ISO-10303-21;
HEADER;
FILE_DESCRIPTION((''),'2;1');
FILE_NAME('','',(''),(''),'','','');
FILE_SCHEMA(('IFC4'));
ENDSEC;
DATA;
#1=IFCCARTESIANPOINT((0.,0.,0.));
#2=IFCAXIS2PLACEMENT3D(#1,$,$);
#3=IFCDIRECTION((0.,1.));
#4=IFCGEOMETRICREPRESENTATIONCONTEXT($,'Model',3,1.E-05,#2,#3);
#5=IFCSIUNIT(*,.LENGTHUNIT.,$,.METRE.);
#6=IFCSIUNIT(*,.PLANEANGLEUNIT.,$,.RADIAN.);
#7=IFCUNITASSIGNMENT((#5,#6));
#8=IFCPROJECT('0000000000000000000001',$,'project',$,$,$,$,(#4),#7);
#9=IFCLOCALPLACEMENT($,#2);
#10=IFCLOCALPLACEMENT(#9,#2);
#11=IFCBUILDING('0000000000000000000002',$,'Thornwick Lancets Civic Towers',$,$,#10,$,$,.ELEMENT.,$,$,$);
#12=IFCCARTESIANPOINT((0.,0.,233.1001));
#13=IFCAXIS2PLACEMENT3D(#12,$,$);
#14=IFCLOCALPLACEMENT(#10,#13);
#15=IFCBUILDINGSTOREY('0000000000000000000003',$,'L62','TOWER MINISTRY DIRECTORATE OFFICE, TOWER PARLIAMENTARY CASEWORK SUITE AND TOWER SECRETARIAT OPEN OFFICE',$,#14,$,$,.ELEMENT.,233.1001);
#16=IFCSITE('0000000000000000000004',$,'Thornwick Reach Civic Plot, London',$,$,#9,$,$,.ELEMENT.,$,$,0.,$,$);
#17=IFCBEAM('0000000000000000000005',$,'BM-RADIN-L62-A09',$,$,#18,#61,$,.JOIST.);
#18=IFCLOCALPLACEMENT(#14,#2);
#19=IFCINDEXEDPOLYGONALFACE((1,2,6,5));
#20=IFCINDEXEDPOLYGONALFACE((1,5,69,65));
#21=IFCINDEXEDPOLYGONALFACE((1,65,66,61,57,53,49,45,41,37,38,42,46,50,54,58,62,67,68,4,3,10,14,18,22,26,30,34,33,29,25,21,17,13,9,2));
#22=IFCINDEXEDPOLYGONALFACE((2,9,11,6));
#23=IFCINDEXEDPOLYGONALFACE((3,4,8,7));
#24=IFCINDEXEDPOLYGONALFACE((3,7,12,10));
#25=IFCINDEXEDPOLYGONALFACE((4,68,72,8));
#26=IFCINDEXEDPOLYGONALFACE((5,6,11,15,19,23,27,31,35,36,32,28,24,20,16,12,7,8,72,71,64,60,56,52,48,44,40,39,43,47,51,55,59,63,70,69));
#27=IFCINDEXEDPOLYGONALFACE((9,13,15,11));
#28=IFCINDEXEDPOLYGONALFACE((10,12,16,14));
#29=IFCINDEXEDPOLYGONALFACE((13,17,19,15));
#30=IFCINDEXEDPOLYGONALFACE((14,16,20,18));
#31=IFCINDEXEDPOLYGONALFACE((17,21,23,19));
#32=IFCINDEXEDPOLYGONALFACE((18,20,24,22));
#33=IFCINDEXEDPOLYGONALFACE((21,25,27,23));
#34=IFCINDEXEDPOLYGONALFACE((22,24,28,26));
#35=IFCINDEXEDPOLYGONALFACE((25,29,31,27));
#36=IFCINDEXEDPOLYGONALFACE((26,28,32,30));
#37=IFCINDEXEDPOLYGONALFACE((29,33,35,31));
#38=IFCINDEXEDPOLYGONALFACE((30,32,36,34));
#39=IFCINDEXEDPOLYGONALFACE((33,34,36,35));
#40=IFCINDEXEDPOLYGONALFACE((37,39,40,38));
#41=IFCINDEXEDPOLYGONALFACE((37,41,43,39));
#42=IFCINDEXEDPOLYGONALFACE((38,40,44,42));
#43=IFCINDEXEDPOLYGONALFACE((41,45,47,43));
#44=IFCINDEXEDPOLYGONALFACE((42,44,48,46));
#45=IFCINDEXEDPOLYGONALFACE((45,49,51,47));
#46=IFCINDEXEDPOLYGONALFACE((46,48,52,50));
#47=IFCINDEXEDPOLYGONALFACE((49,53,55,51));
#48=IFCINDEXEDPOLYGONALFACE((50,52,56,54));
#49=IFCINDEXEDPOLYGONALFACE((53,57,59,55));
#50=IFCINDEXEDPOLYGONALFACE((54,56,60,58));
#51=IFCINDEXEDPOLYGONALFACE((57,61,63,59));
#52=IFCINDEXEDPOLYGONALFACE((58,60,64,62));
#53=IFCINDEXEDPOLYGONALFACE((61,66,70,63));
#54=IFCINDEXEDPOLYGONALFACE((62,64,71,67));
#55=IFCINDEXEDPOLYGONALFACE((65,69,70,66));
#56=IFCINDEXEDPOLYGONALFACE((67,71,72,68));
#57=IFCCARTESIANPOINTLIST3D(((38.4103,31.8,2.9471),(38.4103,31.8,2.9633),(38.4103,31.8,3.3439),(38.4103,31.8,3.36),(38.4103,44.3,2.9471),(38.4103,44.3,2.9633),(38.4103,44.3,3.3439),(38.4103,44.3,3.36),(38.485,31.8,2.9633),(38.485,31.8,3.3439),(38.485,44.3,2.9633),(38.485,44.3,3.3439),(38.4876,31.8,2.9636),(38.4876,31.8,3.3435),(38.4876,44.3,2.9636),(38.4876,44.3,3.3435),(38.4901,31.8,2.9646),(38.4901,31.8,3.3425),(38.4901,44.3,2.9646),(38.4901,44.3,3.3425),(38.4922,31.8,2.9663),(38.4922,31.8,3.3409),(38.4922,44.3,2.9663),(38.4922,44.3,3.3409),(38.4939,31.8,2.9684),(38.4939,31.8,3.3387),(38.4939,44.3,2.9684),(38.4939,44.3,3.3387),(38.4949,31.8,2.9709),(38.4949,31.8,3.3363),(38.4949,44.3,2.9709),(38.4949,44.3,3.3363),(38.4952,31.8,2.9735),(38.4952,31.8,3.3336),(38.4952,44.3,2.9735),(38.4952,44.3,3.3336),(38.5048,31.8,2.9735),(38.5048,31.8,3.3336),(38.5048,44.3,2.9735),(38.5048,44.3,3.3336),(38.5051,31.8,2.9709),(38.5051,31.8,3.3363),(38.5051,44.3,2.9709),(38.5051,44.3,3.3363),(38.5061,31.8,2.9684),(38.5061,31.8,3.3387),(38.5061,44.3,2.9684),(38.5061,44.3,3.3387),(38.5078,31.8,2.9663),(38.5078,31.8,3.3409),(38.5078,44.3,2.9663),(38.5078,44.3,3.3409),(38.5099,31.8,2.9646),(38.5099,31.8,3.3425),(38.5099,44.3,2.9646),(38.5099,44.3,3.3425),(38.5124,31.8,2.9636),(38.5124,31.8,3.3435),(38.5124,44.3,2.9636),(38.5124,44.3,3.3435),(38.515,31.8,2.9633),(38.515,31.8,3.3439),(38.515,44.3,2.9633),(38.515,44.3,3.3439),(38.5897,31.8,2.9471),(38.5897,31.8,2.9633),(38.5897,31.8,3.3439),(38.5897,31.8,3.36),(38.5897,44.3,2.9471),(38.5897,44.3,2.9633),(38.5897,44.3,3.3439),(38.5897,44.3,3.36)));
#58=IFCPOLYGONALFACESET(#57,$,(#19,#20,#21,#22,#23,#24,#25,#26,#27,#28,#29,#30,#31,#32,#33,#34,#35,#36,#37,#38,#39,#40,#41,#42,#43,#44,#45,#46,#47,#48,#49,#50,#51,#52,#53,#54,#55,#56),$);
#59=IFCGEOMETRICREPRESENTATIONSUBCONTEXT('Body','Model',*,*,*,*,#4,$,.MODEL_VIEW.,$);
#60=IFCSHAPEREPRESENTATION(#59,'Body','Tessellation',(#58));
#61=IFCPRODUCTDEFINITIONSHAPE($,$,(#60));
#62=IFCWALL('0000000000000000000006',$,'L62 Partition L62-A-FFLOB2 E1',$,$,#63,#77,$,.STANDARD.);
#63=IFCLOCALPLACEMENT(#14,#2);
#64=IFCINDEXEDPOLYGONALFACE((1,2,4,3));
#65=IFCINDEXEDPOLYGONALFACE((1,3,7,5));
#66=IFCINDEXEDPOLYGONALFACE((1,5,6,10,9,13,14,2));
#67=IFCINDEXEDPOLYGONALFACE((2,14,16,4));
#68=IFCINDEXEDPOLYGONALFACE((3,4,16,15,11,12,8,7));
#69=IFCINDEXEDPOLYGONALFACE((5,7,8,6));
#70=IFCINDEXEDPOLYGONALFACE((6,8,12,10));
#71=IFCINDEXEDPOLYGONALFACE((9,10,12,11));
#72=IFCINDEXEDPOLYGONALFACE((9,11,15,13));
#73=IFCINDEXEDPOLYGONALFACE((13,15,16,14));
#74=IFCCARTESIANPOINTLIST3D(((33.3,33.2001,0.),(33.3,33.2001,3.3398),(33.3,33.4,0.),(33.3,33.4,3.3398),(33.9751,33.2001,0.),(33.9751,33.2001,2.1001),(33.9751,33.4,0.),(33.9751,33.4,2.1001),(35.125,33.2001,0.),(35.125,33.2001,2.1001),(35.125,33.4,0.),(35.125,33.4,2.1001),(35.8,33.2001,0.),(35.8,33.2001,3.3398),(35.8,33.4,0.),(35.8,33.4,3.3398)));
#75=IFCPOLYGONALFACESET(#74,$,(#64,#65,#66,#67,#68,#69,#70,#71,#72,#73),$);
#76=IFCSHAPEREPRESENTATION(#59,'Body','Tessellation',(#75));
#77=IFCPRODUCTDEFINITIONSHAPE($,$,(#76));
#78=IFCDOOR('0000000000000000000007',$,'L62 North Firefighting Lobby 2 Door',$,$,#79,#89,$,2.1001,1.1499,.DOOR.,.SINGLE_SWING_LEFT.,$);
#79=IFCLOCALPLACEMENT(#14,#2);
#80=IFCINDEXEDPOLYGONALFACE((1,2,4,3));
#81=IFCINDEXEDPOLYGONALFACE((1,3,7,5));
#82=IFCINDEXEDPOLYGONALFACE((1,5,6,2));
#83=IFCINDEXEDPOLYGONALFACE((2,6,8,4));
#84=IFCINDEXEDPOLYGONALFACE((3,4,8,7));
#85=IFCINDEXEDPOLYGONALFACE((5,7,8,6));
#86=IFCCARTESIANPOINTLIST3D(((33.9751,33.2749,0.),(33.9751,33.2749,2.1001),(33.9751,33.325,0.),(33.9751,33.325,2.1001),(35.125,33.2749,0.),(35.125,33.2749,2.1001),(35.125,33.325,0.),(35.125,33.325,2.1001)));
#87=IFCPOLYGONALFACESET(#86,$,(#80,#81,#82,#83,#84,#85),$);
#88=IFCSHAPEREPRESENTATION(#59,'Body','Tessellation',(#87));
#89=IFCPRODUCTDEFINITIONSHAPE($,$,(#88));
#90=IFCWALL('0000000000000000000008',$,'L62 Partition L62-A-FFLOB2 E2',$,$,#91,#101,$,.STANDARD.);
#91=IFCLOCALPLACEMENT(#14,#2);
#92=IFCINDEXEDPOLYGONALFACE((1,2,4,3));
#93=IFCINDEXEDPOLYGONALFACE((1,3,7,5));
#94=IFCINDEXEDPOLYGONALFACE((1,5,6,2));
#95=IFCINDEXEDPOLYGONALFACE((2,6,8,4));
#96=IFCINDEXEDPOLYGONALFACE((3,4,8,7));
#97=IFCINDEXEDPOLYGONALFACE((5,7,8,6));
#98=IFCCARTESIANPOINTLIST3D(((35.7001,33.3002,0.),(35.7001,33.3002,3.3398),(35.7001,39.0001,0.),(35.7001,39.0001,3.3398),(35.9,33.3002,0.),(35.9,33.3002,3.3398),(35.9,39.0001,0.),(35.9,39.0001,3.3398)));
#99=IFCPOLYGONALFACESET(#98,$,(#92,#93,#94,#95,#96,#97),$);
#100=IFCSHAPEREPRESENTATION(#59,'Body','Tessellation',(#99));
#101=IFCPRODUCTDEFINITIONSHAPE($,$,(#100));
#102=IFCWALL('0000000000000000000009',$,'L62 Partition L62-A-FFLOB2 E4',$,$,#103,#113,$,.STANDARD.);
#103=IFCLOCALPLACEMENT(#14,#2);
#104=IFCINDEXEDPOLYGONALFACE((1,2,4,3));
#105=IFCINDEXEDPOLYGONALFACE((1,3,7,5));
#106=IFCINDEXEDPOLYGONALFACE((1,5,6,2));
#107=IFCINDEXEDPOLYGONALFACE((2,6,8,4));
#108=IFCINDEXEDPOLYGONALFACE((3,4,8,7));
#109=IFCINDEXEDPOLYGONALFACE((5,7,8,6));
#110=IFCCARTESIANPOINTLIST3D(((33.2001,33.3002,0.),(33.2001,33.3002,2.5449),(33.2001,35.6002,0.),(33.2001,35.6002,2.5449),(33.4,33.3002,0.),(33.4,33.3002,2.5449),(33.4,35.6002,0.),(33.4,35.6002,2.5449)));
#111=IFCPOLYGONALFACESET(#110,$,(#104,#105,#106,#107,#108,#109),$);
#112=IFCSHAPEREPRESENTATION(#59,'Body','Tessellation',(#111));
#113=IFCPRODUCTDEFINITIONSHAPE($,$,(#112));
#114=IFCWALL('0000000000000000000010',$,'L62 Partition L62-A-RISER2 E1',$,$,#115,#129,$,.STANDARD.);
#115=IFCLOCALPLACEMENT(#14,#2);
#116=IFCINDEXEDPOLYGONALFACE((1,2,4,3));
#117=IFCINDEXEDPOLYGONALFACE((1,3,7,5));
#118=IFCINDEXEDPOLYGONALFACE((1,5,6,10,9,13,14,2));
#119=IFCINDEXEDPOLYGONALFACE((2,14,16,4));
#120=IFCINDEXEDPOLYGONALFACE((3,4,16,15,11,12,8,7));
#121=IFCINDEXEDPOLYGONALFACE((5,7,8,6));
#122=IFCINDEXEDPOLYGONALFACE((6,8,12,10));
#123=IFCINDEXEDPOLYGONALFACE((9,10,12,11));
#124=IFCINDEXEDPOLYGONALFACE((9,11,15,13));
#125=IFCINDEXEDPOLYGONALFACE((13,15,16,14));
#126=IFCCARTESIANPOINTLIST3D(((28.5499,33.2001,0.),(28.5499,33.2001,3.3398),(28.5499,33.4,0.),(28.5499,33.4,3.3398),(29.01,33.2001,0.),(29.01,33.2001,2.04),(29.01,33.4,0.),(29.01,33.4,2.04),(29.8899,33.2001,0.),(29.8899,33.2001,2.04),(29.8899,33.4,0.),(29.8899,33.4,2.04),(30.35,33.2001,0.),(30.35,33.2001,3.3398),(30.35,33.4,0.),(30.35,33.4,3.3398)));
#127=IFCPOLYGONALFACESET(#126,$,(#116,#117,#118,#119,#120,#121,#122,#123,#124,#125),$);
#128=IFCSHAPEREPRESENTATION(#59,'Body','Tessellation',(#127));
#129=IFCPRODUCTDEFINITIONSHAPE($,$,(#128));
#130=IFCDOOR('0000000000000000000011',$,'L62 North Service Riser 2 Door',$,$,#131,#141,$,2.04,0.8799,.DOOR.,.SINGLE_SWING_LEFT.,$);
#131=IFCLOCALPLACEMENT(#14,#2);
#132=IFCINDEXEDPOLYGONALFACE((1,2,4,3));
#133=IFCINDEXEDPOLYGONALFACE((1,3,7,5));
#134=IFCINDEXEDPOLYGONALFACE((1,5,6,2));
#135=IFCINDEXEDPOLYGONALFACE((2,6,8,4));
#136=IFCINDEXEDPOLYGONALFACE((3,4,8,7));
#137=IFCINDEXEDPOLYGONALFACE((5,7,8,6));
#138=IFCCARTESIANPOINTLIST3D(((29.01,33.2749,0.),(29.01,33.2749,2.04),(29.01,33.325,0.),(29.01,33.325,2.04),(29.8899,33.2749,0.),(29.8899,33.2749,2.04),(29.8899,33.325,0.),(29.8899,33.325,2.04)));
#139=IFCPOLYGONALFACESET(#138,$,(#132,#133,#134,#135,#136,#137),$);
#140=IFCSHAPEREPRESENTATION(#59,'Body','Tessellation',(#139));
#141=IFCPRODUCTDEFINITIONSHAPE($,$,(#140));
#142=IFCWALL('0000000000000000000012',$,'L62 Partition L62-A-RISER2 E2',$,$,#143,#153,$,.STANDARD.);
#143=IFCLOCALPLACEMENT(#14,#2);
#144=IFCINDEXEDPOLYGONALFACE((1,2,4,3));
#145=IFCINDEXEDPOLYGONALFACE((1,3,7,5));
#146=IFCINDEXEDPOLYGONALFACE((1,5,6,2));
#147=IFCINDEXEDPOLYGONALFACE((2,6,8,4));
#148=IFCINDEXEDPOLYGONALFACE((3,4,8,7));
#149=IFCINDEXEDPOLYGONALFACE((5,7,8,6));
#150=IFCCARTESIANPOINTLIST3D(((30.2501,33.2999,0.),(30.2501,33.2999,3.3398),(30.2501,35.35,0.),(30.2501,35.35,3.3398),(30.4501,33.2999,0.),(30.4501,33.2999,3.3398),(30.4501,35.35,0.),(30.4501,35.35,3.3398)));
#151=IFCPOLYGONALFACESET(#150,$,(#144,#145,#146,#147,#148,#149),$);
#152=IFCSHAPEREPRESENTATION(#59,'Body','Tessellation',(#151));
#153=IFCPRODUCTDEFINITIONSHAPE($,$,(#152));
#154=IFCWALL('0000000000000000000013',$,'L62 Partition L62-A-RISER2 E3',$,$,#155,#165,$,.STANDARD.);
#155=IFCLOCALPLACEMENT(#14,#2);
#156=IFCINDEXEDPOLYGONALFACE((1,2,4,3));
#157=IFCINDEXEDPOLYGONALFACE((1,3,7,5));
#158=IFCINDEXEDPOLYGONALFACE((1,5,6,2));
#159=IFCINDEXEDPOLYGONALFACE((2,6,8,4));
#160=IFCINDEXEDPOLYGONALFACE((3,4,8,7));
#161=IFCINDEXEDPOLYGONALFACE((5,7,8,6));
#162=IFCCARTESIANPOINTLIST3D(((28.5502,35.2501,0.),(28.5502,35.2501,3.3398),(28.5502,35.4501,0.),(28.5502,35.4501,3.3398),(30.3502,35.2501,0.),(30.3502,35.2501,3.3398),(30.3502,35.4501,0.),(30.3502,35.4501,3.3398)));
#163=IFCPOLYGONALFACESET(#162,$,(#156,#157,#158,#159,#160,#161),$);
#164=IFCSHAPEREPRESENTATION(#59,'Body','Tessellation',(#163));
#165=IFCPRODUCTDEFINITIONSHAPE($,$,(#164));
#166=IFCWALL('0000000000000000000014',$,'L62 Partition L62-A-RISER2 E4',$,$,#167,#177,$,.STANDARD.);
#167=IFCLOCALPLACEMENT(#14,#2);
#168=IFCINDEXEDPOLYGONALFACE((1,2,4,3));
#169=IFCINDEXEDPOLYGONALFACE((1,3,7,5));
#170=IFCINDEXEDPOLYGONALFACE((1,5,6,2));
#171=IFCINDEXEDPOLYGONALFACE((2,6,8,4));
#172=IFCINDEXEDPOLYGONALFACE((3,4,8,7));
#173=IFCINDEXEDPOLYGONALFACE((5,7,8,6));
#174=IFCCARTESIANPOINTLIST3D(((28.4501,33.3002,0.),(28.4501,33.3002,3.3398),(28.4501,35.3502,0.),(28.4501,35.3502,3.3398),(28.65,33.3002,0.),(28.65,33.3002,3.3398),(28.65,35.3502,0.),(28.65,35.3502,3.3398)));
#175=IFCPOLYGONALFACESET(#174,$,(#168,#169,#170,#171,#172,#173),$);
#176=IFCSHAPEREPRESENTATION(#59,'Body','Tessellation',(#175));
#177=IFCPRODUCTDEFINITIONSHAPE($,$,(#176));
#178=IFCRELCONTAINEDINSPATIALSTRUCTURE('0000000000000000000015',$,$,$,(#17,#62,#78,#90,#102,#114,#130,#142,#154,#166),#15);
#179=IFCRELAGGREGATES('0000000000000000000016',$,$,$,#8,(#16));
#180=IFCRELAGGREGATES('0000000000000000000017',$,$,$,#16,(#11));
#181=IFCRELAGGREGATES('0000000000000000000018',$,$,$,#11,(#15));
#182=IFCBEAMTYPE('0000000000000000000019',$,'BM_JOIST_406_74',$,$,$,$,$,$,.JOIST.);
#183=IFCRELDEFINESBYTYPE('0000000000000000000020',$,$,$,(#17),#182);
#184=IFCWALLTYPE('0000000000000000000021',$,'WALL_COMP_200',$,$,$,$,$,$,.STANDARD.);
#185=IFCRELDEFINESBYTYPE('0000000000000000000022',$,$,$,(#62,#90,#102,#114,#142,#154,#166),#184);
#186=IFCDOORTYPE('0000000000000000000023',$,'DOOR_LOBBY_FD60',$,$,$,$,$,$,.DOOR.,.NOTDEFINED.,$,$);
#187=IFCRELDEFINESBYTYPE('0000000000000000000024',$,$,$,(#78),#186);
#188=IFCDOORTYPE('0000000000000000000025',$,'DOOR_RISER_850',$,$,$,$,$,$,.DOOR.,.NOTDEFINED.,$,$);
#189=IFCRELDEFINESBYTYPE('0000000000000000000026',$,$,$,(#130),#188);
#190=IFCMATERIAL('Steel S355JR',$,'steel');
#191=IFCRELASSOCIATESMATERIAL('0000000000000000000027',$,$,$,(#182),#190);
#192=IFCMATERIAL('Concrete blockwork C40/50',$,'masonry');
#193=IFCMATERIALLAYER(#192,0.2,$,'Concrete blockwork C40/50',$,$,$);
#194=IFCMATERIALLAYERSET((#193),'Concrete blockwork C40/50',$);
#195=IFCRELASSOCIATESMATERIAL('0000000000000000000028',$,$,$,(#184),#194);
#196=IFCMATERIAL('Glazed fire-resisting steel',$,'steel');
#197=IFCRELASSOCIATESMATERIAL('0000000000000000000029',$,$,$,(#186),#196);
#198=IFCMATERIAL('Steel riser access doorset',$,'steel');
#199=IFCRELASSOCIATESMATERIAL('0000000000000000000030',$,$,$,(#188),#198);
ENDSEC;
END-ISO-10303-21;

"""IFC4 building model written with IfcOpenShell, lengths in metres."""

from ifc_helpers import new_model, si_unit, direction, frame, frame_2d, origin, origin_2d, place, context, subcontext, project, spatial, rectangle, i_section, extrude, material, layer, layer_set, material_profile, profile_set, type_object, element, fill, save


model = new_model("IFC4")

# Units and contexts
model_context = context("Model", 3, precision=1e-05, world=origin(), true_north=direction((0.0, 1.0)))
body_context = subcontext(model_context, "Body", "Model", "MODEL_VIEW")
ifc_project = project(units=[si_unit("LENGTHUNIT", "METRE"), si_unit("PLANEANGLEUNIT", "RADIAN")], contexts=[model_context])

# Site, building, storey
site_placement = place(None, origin())
site = spatial("IfcSite", under=ifc_project, at=site_placement, Name="Thornwick Reach Civic Plot, London", CompositionType="ELEMENT", RefElevation=0.0)
building_placement = place(site_placement, origin())
building = spatial("IfcBuilding", under=site, at=building_placement, Name="Thornwick Lancets Civic Towers", CompositionType="ELEMENT")
storey_placement = place(building_placement, frame((0.0, 0.0, 233.1001)))
storey = spatial("IfcBuildingStorey", under=building, at=storey_placement, Name="L62", Description="TOWER MINISTRY DIRECTORATE OFFICE, TOWER PARLIAMENTARY CASEWORK SUITE AND TOWER SECRETARIAT OPEN OFFICE", CompositionType="ELEMENT", Elevation=233.1001)

# Beam
ifc_material_1 = material(Name="Steel S355JR", Category="steel")
ifc_material_profile_1 = material_profile(ifc_material_1, i_section(OverallWidth=0.1794, OverallDepth=0.4128, WebThickness=0.0095, FlangeThickness=0.0161, FilletRadius=0.0103, at=origin_2d()), Name="UKB 406x178x74")
ifc_profile_set_1 = profile_set([ifc_material_profile_1], Name="Steel S355JR")
beam_type_1 = type_object("IfcBeamType", Name="BM_JOIST_406_74", PredefinedType="JOIST", material=ifc_profile_set_1)
beam_1_placement = place(storey_placement, frame((38.5, 31.8, 3.1536), z_axis=(0.0, 1.0, 0.0), x_axis=(-1.0, 0.0, 0.0)))
element("IfcBeam", 1, at=beam_1_placement, inside=storey, type_object=beam_type_1, Name="BM-RADIN-L62-A09", PredefinedType="JOIST", context=body_context, shape_type="SweptSolid", body=[
    extrude(i_section(OverallWidth=0.1794, OverallDepth=0.4128, WebThickness=0.0095, FlangeThickness=0.0161, FilletRadius=0.0103, at=origin_2d()), origin(), (0.0, 0.0, 1.0), 12.5),
])

# Wall, opening, door
ifc_material_2 = material(Name="Concrete blockwork C40/50", Category="masonry")
ifc_layer_1 = layer(ifc_material_2, 0.2, Name="Concrete blockwork C40/50")
ifc_layer_set_1 = layer_set([ifc_layer_1], Name="Concrete blockwork C40/50")
wall_type_1 = type_object("IfcWallType", Name="WALL_COMP_200", PredefinedType="STANDARD", material=ifc_layer_set_1)
wall_1_placement = place(storey_placement, frame((33.3, 33.3, 0.0), z_axis=(0.0, 0.0, 1.0), x_axis=(1.0, 0.0, 0.0)))
wall_1 = element("IfcWall", 2, at=wall_1_placement, inside=storey, type_object=wall_type_1, Name="L62 Partition L62-A-FFLOB2 E1", PredefinedType="STANDARD", context=body_context, shape_type="SweptSolid", body=[
    extrude(rectangle(XDim=2.5, YDim=0.2, at=frame_2d((1.25, 0.0))), origin(), (0.0, 0.0, 1.0), 3.3398),
])
opening_1_placement = place(wall_1_placement, frame((0.675, 0.0, 0.0)))
opening_1 = element("IfcOpeningElement", 3, at=opening_1_placement, cuts=wall_1, PredefinedType="OPENING", context=body_context, shape_type="SweptSolid", body=[
    extrude(rectangle(XDim=1.1499, YDim=2.1001, at=frame_2d((0.575, 1.05))), frame((0.0, 0.1099, 0.0), z_axis=(0.0, -1.0, 0.0), x_axis=(1.0, 0.0, 0.0)), (0.0, 0.0, 1.0), 0.22),
])
ifc_material_3 = material(Name="Glazed fire-resisting steel", Category="steel")
door_type_1 = type_object("IfcDoorType", Name="DOOR_LOBBY_FD60", OperationType="NOTDEFINED", PredefinedType="DOOR", material=ifc_material_3)
door_1_placement = place(opening_1_placement, origin())
door_1 = element("IfcDoor", 4, at=door_1_placement, inside=storey, type_object=door_type_1, Name="L62 North Firefighting Lobby 2 Door", OperationType="SINGLE_SWING_LEFT", OverallHeight=2.1001, OverallWidth=1.1499, PredefinedType="DOOR", context=body_context, shape_type="SweptSolid", body=[
    extrude(rectangle(XDim=1.1499, YDim=2.1001, at=frame_2d((0.575, 1.05))), frame((0.0, 0.0249, 0.0), z_axis=(0.0, -1.0, 0.0), x_axis=(1.0, 0.0, 0.0)), (0.0, 0.0, 1.0), 0.05),
])
fill(opening_1, door_1)

# Walls
wall_2_placement = place(storey_placement, frame((35.8, 33.3, 0.0), z_axis=(0.0, 0.0, 1.0), x_axis=(0.0, 1.0, 0.0)))
element("IfcWall", 5, at=wall_2_placement, inside=storey, type_object=wall_type_1, Name="L62 Partition L62-A-FFLOB2 E2", PredefinedType="STANDARD", context=body_context, shape_type="SweptSolid", body=[
    extrude(rectangle(XDim=5.7, YDim=0.2, at=frame_2d((2.8501, 0.0))), origin(), (0.0, 0.0, 1.0), 3.3398),
])
wall_3_placement = place(storey_placement, frame((33.3, 35.6001, 0.0), z_axis=(0.0, 0.0, 1.0), x_axis=(0.0, -1.0, 0.0)))
element("IfcWall", 6, at=wall_3_placement, inside=storey, type_object=wall_type_1, Name="L62 Partition L62-A-FFLOB2 E4", PredefinedType="STANDARD", context=body_context, shape_type="SweptSolid", body=[
    extrude(rectangle(XDim=2.3, YDim=0.2, at=frame_2d((1.1499, 0.0))), origin(), (0.0, 0.0, 1.0), 2.5449),
])

# Wall, opening, door
wall_4_placement = place(storey_placement, frame((28.55, 33.3, 0.0), z_axis=(0.0, 0.0, 1.0), x_axis=(1.0, 0.0, 0.0)))
wall_4 = element("IfcWall", 7, at=wall_4_placement, inside=storey, type_object=wall_type_1, Name="L62 Partition L62-A-RISER2 E1", PredefinedType="STANDARD", context=body_context, shape_type="SweptSolid", body=[
    extrude(rectangle(XDim=1.8, YDim=0.2, at=frame_2d((0.8999, 0.0))), origin(), (0.0, 0.0, 1.0), 3.3398),
])
opening_2_placement = place(wall_4_placement, frame((0.46, 0.0, 0.0)))
opening_2 = element("IfcOpeningElement", 8, at=opening_2_placement, cuts=wall_4, PredefinedType="OPENING", context=body_context, shape_type="SweptSolid", body=[
    extrude(rectangle(XDim=0.8799, YDim=2.04, at=frame_2d((0.4399, 1.02))), frame((0.0, 0.1099, 0.0), z_axis=(0.0, -1.0, 0.0), x_axis=(1.0, 0.0, 0.0)), (0.0, 0.0, 1.0), 0.22),
])
ifc_material_4 = material(Name="Steel riser access doorset", Category="steel")
door_type_2 = type_object("IfcDoorType", Name="DOOR_RISER_850", OperationType="NOTDEFINED", PredefinedType="DOOR", material=ifc_material_4)
door_2_placement = place(opening_2_placement, origin())
door_2 = element("IfcDoor", 9, at=door_2_placement, inside=storey, type_object=door_type_2, Name="L62 North Service Riser 2 Door", OperationType="SINGLE_SWING_LEFT", OverallHeight=2.04, OverallWidth=0.8799, PredefinedType="DOOR", context=body_context, shape_type="SweptSolid", body=[
    extrude(rectangle(XDim=0.8799, YDim=2.04, at=frame_2d((0.4399, 1.02))), frame((0.0, 0.0249, 0.0), z_axis=(0.0, -1.0, 0.0), x_axis=(1.0, 0.0, 0.0)), (0.0, 0.0, 1.0), 0.05),
])
fill(opening_2, door_2)

# Walls
wall_5_placement = place(storey_placement, frame((30.3501, 33.3, 0.0), z_axis=(0.0, 0.0, 1.0), x_axis=(0.0, 1.0, 0.0)))
element("IfcWall", 10, at=wall_5_placement, inside=storey, type_object=wall_type_1, Name="L62 Partition L62-A-RISER2 E2", PredefinedType="STANDARD", context=body_context, shape_type="SweptSolid", body=[
    extrude(rectangle(XDim=2.05, YDim=0.2, at=frame_2d((1.0249, 0.0))), origin(), (0.0, 0.0, 1.0), 3.3398),
])
wall_6_placement = place(storey_placement, frame((30.3501, 35.3501, 0.0), z_axis=(0.0, 0.0, 1.0), x_axis=(-1.0, 0.0, 0.0)))
element("IfcWall", 11, at=wall_6_placement, inside=storey, type_object=wall_type_1, Name="L62 Partition L62-A-RISER2 E3", PredefinedType="STANDARD", context=body_context, shape_type="SweptSolid", body=[
    extrude(rectangle(XDim=1.8, YDim=0.2, at=frame_2d((0.8999, 0.0))), origin(), (0.0, 0.0, 1.0), 3.3398),
])
wall_7_placement = place(storey_placement, frame((28.55, 35.3501, 0.0), z_axis=(0.0, 0.0, 1.0), x_axis=(0.0, -1.0, 0.0)))
element("IfcWall", 12, at=wall_7_placement, inside=storey, type_object=wall_type_1, Name="L62 Partition L62-A-RISER2 E4", PredefinedType="STANDARD", context=body_context, shape_type="SweptSolid", body=[
    extrude(rectangle(XDim=2.05, YDim=0.2, at=frame_2d((1.0249, 0.0))), origin(), (0.0, 0.0, 1.0), 3.3398),
])

save(model, "model.ifc")
